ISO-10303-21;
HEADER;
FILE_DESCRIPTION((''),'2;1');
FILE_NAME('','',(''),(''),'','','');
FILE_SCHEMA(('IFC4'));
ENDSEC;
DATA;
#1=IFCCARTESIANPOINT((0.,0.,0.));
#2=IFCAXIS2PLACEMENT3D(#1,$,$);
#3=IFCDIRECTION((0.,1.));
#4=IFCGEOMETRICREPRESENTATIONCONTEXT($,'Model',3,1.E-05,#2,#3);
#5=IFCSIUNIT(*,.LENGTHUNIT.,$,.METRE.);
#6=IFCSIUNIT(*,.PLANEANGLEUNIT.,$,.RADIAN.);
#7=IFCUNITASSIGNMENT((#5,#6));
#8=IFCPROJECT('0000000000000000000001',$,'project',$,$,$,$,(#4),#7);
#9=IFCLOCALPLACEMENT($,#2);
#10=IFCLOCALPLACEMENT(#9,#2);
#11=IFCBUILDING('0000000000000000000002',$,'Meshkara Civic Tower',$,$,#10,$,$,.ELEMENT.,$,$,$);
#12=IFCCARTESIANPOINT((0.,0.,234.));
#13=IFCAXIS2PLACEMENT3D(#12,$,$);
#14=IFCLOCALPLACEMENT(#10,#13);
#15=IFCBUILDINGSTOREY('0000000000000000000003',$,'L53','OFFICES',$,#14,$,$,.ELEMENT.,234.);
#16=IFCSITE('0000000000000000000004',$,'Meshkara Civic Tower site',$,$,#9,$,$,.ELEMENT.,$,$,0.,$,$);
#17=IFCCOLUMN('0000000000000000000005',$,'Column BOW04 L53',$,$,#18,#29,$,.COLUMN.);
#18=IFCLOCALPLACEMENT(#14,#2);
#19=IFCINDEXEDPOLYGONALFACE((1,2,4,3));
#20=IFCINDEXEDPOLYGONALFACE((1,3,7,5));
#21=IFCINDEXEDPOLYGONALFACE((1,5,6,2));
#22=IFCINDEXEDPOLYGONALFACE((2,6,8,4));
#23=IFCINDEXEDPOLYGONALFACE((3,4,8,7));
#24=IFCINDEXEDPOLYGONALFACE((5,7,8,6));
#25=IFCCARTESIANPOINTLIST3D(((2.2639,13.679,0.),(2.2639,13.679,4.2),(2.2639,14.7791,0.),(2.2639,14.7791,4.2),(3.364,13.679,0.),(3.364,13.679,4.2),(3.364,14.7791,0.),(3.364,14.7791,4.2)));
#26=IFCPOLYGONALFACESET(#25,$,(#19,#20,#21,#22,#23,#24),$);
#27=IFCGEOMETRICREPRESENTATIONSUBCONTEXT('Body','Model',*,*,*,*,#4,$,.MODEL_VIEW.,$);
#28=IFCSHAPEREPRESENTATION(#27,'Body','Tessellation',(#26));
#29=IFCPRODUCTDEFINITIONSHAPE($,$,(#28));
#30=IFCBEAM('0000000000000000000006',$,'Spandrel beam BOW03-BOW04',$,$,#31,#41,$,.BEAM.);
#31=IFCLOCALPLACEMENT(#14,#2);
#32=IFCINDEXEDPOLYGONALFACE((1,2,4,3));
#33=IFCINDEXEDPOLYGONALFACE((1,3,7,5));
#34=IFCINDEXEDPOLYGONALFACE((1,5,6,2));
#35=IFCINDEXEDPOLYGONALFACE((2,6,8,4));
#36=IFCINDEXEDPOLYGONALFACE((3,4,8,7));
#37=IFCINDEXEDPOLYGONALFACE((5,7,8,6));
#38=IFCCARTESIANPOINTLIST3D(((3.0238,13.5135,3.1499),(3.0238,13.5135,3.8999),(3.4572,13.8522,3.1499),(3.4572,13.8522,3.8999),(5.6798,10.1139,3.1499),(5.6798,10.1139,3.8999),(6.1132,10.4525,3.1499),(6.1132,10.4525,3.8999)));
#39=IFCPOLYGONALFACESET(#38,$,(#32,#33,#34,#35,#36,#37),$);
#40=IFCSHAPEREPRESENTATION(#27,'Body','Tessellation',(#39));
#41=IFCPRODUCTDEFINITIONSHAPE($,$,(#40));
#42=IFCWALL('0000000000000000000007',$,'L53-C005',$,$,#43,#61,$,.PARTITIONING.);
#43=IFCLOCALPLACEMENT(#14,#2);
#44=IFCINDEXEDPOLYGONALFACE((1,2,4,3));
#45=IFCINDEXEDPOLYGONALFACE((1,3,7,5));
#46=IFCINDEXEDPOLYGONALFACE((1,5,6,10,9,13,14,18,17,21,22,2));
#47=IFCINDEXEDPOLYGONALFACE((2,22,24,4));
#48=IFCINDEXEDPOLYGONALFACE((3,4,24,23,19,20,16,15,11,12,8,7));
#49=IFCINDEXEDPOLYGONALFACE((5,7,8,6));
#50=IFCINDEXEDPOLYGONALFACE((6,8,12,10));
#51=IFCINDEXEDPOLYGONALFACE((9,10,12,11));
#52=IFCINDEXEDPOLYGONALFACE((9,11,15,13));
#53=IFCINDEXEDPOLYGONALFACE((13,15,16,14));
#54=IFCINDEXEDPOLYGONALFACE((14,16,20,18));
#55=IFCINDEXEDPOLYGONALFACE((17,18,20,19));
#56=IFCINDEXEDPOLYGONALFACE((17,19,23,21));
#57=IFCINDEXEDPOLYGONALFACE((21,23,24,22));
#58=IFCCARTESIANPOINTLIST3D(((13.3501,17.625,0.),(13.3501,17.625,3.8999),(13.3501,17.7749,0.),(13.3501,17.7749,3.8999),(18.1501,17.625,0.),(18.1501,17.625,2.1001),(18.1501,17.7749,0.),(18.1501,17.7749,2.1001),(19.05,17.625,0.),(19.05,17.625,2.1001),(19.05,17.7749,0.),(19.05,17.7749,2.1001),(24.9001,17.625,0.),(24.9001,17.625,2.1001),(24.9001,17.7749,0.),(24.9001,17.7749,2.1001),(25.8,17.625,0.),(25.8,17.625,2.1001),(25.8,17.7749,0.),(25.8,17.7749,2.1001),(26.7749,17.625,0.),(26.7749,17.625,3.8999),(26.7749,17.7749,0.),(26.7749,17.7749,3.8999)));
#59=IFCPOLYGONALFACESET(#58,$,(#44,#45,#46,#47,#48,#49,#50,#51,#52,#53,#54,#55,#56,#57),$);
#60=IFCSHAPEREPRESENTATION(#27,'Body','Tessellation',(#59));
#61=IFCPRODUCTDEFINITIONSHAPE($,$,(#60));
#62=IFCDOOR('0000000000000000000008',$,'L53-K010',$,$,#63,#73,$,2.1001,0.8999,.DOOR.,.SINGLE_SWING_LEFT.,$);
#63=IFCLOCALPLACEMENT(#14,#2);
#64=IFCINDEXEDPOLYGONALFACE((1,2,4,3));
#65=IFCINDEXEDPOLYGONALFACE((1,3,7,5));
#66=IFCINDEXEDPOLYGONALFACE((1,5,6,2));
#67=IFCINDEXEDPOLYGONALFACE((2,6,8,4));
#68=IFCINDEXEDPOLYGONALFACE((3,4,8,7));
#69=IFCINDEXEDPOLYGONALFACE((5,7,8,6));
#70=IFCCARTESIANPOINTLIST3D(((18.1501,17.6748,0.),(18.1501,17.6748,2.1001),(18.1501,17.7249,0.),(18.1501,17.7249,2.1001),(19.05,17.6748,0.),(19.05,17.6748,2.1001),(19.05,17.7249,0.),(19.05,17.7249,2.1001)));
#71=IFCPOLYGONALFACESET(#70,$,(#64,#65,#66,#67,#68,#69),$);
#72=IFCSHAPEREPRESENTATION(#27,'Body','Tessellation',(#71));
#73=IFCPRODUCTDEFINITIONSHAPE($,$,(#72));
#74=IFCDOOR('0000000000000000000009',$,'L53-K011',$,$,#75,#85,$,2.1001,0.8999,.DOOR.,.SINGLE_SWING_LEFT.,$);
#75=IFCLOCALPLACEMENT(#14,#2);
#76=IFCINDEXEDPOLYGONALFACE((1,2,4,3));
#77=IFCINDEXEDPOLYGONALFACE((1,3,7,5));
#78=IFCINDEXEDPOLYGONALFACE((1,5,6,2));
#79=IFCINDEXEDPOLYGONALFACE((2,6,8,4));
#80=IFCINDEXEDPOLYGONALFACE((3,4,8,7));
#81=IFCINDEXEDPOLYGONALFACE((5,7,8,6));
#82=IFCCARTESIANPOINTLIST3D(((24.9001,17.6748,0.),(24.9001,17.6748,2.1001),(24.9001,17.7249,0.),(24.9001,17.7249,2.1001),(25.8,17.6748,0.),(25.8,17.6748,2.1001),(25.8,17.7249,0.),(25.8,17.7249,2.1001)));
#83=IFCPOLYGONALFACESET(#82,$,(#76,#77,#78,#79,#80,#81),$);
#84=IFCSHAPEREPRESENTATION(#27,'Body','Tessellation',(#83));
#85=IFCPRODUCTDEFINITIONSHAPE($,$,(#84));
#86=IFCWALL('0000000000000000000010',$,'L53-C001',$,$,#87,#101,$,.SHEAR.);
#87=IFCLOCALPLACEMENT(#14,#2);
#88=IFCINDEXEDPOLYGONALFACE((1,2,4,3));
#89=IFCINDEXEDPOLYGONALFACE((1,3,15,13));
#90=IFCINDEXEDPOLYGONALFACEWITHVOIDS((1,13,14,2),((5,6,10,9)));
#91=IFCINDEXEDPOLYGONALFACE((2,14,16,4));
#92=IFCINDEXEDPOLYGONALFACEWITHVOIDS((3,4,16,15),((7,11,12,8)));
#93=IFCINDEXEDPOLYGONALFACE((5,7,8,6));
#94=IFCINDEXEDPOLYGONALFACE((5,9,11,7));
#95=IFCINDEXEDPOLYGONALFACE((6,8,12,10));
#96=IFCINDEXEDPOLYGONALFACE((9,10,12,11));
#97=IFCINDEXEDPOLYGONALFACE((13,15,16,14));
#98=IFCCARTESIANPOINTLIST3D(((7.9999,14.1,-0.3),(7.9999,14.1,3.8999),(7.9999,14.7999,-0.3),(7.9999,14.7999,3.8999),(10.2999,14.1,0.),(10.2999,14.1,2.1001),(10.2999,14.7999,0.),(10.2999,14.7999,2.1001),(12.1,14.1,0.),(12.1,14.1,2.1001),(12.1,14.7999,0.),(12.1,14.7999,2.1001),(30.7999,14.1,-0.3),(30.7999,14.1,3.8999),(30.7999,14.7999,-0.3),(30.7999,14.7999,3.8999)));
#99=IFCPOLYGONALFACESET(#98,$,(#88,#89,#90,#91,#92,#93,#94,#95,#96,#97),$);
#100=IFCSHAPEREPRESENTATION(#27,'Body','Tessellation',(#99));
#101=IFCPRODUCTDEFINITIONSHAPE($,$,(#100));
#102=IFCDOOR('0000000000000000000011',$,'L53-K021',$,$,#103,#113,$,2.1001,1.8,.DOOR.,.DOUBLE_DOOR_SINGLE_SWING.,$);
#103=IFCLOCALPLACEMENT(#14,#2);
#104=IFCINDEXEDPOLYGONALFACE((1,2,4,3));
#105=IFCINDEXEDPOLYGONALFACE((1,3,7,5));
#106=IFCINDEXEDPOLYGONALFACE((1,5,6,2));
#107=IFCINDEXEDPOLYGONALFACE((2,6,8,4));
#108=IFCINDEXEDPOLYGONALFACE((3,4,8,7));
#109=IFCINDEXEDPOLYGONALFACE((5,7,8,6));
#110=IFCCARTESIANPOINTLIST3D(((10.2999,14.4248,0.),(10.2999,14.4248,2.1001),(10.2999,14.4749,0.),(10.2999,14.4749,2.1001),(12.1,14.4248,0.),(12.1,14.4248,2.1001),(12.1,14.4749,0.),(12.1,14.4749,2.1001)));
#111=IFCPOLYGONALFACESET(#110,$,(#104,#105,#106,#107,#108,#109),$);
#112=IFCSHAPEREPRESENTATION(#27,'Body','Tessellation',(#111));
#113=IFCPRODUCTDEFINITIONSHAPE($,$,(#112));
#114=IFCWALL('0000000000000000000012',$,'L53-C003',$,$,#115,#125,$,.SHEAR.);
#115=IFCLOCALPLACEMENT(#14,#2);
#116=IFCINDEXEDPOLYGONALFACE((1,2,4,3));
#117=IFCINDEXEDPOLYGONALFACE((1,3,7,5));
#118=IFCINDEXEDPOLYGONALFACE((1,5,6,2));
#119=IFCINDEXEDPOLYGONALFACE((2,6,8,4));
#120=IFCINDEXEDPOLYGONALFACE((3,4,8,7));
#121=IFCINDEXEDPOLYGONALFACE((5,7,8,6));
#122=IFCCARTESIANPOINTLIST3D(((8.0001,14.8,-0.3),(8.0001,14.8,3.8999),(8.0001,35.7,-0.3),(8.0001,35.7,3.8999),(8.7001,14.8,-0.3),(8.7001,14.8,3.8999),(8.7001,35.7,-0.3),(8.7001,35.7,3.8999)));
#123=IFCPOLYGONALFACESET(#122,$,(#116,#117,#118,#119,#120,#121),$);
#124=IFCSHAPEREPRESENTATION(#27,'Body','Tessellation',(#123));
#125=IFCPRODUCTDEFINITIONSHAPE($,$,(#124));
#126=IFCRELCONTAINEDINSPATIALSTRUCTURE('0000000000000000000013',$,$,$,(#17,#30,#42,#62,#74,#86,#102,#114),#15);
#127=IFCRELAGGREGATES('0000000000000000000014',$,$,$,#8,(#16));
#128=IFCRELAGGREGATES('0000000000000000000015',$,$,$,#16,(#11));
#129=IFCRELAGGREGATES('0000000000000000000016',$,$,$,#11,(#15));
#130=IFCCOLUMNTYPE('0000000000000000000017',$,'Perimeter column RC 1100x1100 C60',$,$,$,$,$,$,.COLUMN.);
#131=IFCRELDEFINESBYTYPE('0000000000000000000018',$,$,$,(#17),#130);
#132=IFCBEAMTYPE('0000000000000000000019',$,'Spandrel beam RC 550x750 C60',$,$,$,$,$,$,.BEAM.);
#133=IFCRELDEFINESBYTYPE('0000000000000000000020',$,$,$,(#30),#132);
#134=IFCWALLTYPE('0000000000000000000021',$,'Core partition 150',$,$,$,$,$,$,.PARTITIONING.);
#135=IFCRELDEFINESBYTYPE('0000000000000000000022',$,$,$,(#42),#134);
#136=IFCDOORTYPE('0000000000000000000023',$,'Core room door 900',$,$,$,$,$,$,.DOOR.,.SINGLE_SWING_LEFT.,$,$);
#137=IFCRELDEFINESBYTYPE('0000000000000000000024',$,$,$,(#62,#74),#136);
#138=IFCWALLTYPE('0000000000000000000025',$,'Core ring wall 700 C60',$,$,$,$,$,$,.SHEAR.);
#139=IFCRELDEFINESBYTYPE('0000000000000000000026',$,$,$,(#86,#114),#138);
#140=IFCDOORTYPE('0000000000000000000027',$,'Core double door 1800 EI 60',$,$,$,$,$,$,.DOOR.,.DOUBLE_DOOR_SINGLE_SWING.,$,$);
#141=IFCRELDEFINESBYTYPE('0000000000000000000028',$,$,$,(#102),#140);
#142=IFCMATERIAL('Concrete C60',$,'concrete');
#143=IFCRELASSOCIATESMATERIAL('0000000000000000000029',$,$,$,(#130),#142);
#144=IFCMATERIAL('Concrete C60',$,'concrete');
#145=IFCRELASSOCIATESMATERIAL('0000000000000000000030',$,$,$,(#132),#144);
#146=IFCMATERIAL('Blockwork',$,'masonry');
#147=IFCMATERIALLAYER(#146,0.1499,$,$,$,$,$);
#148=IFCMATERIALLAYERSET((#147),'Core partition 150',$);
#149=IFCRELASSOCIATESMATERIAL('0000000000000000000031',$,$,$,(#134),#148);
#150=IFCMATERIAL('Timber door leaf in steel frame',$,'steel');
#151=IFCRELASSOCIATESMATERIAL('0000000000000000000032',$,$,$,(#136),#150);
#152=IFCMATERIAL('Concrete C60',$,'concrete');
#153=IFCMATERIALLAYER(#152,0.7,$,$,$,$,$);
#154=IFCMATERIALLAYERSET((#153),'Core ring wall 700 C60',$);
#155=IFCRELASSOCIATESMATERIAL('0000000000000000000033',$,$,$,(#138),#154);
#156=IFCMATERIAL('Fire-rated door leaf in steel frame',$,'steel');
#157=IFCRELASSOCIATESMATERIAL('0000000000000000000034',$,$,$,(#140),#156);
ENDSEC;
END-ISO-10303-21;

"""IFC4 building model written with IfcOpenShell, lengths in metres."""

from ifc_helpers import new_model, si_unit, direction, frame, frame_2d, origin, origin_2d, place, context, subcontext, project, spatial, rectangle, extrude, material, layer, layer_set, material_profile, profile_set, type_object, element, fill, save


model = new_model("IFC4")

# Units and contexts
model_context = context("Model", 3, precision=1e-05, world=origin(), true_north=direction((0.0, 1.0)))
body_context = subcontext(model_context, "Body", "Model", "MODEL_VIEW")
ifc_project = project(units=[si_unit("LENGTHUNIT", "METRE"), si_unit("PLANEANGLEUNIT", "RADIAN")], contexts=[model_context])

# Site, building, storey
site_placement = place(None, origin())
site = spatial("IfcSite", under=ifc_project, at=site_placement, Name="Meshkara Civic Tower site", CompositionType="ELEMENT", RefElevation=0.0)
building_placement = place(site_placement, origin())
building = spatial("IfcBuilding", under=site, at=building_placement, Name="Meshkara Civic Tower", CompositionType="ELEMENT")
storey_placement = place(building_placement, frame((0.0, 0.0, 234.0)))
storey = spatial("IfcBuildingStorey", under=building, at=storey_placement, Name="L53", Description="OFFICES", CompositionType="ELEMENT", Elevation=234.0)

# Column
ifc_material_1 = material(Name="Concrete C60", Category="concrete")
ifc_material_profile_1 = material_profile(ifc_material_1, rectangle(XDim=1.1001, YDim=1.1001, at=origin_2d()))
ifc_profile_set_1 = profile_set([ifc_material_profile_1], Name="Concrete C60")
column_type = type_object("IfcColumnType", Name="Perimeter column RC 1100x1100 C60", PredefinedType="COLUMN", material=ifc_profile_set_1)
column_placement = place(storey_placement, frame((2.814, 14.229, 0.0), z_axis=(0.0, 0.0, 1.0), x_axis=(1.0, 0.0, 0.0)))
element("IfcColumn", 1, at=column_placement, inside=storey, type_object=column_type, Name="Column BOW04 L53", PredefinedType="COLUMN", context=body_context, shape_type="SweptSolid", body=[
    extrude(rectangle(XDim=1.1001, YDim=1.1001, at=origin_2d()), origin(), (0.0, 0.0, 1.0), 4.2),
])

# Beam
ifc_material_2 = material(Name="Concrete C60", Category="concrete")
ifc_material_profile_2 = material_profile(ifc_material_2, rectangle(XDim=0.55, YDim=0.75, at=origin_2d()))
ifc_profile_set_2 = profile_set([ifc_material_profile_2], Name="Concrete C60")
beam_type = type_object("IfcBeamType", Name="Spandrel beam RC 550x750 C60", PredefinedType="BEAM", material=ifc_profile_set_2)
beam_placement = place(storey_placement, frame((3.2405, 13.6829, 3.5249), z_axis=(0.615647, -0.788022, 0.0), x_axis=(0.788022, 0.615647, 0.0)))
element("IfcBeam", 2, at=beam_placement, inside=storey, type_object=beam_type, Name="Spandrel beam BOW03-BOW04", PredefinedType="BEAM", context=body_context, shape_type="SweptSolid", body=[
    extrude(rectangle(XDim=0.55, YDim=0.75, at=origin_2d()), origin(), (0.0, 0.0, 1.0), 4.3142),
])

# Wall, openings, doors
ifc_material_3 = material(Name="Blockwork", Category="masonry")
ifc_layer_1 = layer(ifc_material_3, 0.1499)
ifc_layer_set_1 = layer_set([ifc_layer_1], Name="Core partition 150")
wall_type_1 = type_object("IfcWallType", Name="Core partition 150", PredefinedType="PARTITIONING", material=ifc_layer_set_1)
wall_1_placement = place(storey_placement, frame((13.3501, 17.7, 0.0), z_axis=(0.0, 0.0, 1.0), x_axis=(1.0, 0.0, 0.0)))
wall_1 = element("IfcWall", 3, at=wall_1_placement, inside=storey, type_object=wall_type_1, Name="L53-C005", PredefinedType="PARTITIONING", context=body_context, shape_type="SweptSolid", body=[
    extrude(rectangle(XDim=13.4248, YDim=0.1499, at=frame_2d((6.7124, 0.0))), origin(), (0.0, 0.0, 1.0), 3.8999),
])
opening_1_placement = place(wall_1_placement, frame((4.8, 0.0, 0.0)))
opening_1 = element("IfcOpeningElement", 4, at=opening_1_placement, cuts=wall_1, PredefinedType="OPENING", context=body_context, shape_type="SweptSolid", body=[
    extrude(rectangle(XDim=0.8999, YDim=2.1001, at=frame_2d((0.45, 1.05))), frame((0.0, 0.085, 0.0), z_axis=(0.0, -1.0, 0.0), x_axis=(1.0, 0.0, 0.0)), (0.0, 0.0, 1.0), 0.1699),
])
opening_2_placement = place(wall_1_placement, frame((11.55, 0.0, 0.0)))
opening_2 = element("IfcOpeningElement", 5, at=opening_2_placement, cuts=wall_1, PredefinedType="OPENING", context=body_context, shape_type="SweptSolid", body=[
    extrude(rectangle(XDim=0.8999, YDim=2.1001, at=frame_2d((0.45, 1.05))), frame((0.0, 0.085, 0.0), z_axis=(0.0, -1.0, 0.0), x_axis=(1.0, 0.0, 0.0)), (0.0, 0.0, 1.0), 0.1699),
])
ifc_material_4 = material(Name="Timber door leaf in steel frame", Category="steel")
door_type_1 = type_object("IfcDoorType", Name="Core room door 900", OperationType="SINGLE_SWING_LEFT", PredefinedType="DOOR", material=ifc_material_4)
door_1_placement = place(opening_1_placement, origin())
door_1 = element("IfcDoor", 6, at=door_1_placement, inside=storey, type_object=door_type_1, Name="L53-K010", OperationType="SINGLE_SWING_LEFT", OverallHeight=2.1001, OverallWidth=0.8999, PredefinedType="DOOR", context=body_context, shape_type="SweptSolid", body=[
    extrude(rectangle(XDim=0.8999, YDim=2.1001, at=frame_2d((0.45, 1.05))), frame((0.0, 0.0249, 0.0), z_axis=(0.0, -1.0, 0.0), x_axis=(1.0, 0.0, 0.0)), (0.0, 0.0, 1.0), 0.05),
])
fill(opening_1, door_1)
door_2_placement = place(opening_2_placement, origin())
door_2 = element("IfcDoor", 7, at=door_2_placement, inside=storey, type_object=door_type_1, Name="L53-K011", OperationType="SINGLE_SWING_LEFT", OverallHeight=2.1001, OverallWidth=0.8999, PredefinedType="DOOR", context=body_context, shape_type="SweptSolid", body=[
    extrude(rectangle(XDim=0.8999, YDim=2.1001, at=frame_2d((0.45, 1.05))), frame((0.0, 0.0249, 0.0), z_axis=(0.0, -1.0, 0.0), x_axis=(1.0, 0.0, 0.0)), (0.0, 0.0, 1.0), 0.05),
])
fill(opening_2, door_2)

# Wall, opening, door
ifc_material_5 = material(Name="Concrete C60", Category="concrete")
ifc_layer_2 = layer(ifc_material_5, 0.7)
ifc_layer_set_2 = layer_set([ifc_layer_2], Name="Core ring wall 700 C60")
wall_type_2 = type_object("IfcWallType", Name="Core ring wall 700 C60", PredefinedType="SHEAR", material=ifc_layer_set_2)
wall_2_placement = place(storey_placement, frame((8.0, 14.45, -0.3), z_axis=(0.0, 0.0, 1.0), x_axis=(1.0, 0.0, 0.0)))
wall_2 = element("IfcWall", 8, at=wall_2_placement, inside=storey, type_object=wall_type_2, Name="L53-C001", PredefinedType="SHEAR", context=body_context, shape_type="SweptSolid", body=[
    extrude(rectangle(XDim=22.8, YDim=0.7, at=frame_2d((11.3999, 0.0))), origin(), (0.0, 0.0, 1.0), 4.2),
])
opening_3_placement = place(wall_2_placement, frame((2.3, 0.0, 0.3)))
opening_3 = element("IfcOpeningElement", 9, at=opening_3_placement, cuts=wall_2, PredefinedType="OPENING", context=body_context, shape_type="SweptSolid", body=[
    extrude(rectangle(XDim=1.8, YDim=2.1001, at=frame_2d((0.8999, 1.05))), frame((0.0, 0.3599, 0.0), z_axis=(0.0, -1.0, 0.0), x_axis=(1.0, 0.0, 0.0)), (0.0, 0.0, 1.0), 0.72),
])
ifc_material_6 = material(Name="Fire-rated door leaf in steel frame", Category="steel")
door_type_2 = type_object("IfcDoorType", Name="Core double door 1800 EI 60", OperationType="DOUBLE_DOOR_SINGLE_SWING", PredefinedType="DOOR", material=ifc_material_6)
door_3_placement = place(opening_3_placement, origin())
door_3 = element("IfcDoor", 10, at=door_3_placement, inside=storey, type_object=door_type_2, Name="L53-K021", OperationType="DOUBLE_DOOR_SINGLE_SWING", OverallHeight=2.1001, OverallWidth=1.8, PredefinedType="DOOR", context=body_context, shape_type="SweptSolid", body=[
    extrude(rectangle(XDim=1.8, YDim=2.1001, at=frame_2d((0.8999, 1.05))), frame((0.0, 0.0249, 0.0), z_axis=(0.0, -1.0, 0.0), x_axis=(1.0, 0.0, 0.0)), (0.0, 0.0, 1.0), 0.05),
])
fill(opening_3, door_3)

# Wall
wall_3_placement = place(storey_placement, frame((8.3501, 14.8, -0.3), z_axis=(0.0, 0.0, 1.0), x_axis=(0.0, 1.0, 0.0)))
element("IfcWall", 11, at=wall_3_placement, inside=storey, type_object=wall_type_2, Name="L53-C003", PredefinedType="SHEAR", context=body_context, shape_type="SweptSolid", body=[
    extrude(rectangle(XDim=20.8999, YDim=0.7, at=frame_2d((10.45, 0.0))), origin(), (0.0, 0.0, 1.0), 4.2),
])

save(model, "model.ifc")
